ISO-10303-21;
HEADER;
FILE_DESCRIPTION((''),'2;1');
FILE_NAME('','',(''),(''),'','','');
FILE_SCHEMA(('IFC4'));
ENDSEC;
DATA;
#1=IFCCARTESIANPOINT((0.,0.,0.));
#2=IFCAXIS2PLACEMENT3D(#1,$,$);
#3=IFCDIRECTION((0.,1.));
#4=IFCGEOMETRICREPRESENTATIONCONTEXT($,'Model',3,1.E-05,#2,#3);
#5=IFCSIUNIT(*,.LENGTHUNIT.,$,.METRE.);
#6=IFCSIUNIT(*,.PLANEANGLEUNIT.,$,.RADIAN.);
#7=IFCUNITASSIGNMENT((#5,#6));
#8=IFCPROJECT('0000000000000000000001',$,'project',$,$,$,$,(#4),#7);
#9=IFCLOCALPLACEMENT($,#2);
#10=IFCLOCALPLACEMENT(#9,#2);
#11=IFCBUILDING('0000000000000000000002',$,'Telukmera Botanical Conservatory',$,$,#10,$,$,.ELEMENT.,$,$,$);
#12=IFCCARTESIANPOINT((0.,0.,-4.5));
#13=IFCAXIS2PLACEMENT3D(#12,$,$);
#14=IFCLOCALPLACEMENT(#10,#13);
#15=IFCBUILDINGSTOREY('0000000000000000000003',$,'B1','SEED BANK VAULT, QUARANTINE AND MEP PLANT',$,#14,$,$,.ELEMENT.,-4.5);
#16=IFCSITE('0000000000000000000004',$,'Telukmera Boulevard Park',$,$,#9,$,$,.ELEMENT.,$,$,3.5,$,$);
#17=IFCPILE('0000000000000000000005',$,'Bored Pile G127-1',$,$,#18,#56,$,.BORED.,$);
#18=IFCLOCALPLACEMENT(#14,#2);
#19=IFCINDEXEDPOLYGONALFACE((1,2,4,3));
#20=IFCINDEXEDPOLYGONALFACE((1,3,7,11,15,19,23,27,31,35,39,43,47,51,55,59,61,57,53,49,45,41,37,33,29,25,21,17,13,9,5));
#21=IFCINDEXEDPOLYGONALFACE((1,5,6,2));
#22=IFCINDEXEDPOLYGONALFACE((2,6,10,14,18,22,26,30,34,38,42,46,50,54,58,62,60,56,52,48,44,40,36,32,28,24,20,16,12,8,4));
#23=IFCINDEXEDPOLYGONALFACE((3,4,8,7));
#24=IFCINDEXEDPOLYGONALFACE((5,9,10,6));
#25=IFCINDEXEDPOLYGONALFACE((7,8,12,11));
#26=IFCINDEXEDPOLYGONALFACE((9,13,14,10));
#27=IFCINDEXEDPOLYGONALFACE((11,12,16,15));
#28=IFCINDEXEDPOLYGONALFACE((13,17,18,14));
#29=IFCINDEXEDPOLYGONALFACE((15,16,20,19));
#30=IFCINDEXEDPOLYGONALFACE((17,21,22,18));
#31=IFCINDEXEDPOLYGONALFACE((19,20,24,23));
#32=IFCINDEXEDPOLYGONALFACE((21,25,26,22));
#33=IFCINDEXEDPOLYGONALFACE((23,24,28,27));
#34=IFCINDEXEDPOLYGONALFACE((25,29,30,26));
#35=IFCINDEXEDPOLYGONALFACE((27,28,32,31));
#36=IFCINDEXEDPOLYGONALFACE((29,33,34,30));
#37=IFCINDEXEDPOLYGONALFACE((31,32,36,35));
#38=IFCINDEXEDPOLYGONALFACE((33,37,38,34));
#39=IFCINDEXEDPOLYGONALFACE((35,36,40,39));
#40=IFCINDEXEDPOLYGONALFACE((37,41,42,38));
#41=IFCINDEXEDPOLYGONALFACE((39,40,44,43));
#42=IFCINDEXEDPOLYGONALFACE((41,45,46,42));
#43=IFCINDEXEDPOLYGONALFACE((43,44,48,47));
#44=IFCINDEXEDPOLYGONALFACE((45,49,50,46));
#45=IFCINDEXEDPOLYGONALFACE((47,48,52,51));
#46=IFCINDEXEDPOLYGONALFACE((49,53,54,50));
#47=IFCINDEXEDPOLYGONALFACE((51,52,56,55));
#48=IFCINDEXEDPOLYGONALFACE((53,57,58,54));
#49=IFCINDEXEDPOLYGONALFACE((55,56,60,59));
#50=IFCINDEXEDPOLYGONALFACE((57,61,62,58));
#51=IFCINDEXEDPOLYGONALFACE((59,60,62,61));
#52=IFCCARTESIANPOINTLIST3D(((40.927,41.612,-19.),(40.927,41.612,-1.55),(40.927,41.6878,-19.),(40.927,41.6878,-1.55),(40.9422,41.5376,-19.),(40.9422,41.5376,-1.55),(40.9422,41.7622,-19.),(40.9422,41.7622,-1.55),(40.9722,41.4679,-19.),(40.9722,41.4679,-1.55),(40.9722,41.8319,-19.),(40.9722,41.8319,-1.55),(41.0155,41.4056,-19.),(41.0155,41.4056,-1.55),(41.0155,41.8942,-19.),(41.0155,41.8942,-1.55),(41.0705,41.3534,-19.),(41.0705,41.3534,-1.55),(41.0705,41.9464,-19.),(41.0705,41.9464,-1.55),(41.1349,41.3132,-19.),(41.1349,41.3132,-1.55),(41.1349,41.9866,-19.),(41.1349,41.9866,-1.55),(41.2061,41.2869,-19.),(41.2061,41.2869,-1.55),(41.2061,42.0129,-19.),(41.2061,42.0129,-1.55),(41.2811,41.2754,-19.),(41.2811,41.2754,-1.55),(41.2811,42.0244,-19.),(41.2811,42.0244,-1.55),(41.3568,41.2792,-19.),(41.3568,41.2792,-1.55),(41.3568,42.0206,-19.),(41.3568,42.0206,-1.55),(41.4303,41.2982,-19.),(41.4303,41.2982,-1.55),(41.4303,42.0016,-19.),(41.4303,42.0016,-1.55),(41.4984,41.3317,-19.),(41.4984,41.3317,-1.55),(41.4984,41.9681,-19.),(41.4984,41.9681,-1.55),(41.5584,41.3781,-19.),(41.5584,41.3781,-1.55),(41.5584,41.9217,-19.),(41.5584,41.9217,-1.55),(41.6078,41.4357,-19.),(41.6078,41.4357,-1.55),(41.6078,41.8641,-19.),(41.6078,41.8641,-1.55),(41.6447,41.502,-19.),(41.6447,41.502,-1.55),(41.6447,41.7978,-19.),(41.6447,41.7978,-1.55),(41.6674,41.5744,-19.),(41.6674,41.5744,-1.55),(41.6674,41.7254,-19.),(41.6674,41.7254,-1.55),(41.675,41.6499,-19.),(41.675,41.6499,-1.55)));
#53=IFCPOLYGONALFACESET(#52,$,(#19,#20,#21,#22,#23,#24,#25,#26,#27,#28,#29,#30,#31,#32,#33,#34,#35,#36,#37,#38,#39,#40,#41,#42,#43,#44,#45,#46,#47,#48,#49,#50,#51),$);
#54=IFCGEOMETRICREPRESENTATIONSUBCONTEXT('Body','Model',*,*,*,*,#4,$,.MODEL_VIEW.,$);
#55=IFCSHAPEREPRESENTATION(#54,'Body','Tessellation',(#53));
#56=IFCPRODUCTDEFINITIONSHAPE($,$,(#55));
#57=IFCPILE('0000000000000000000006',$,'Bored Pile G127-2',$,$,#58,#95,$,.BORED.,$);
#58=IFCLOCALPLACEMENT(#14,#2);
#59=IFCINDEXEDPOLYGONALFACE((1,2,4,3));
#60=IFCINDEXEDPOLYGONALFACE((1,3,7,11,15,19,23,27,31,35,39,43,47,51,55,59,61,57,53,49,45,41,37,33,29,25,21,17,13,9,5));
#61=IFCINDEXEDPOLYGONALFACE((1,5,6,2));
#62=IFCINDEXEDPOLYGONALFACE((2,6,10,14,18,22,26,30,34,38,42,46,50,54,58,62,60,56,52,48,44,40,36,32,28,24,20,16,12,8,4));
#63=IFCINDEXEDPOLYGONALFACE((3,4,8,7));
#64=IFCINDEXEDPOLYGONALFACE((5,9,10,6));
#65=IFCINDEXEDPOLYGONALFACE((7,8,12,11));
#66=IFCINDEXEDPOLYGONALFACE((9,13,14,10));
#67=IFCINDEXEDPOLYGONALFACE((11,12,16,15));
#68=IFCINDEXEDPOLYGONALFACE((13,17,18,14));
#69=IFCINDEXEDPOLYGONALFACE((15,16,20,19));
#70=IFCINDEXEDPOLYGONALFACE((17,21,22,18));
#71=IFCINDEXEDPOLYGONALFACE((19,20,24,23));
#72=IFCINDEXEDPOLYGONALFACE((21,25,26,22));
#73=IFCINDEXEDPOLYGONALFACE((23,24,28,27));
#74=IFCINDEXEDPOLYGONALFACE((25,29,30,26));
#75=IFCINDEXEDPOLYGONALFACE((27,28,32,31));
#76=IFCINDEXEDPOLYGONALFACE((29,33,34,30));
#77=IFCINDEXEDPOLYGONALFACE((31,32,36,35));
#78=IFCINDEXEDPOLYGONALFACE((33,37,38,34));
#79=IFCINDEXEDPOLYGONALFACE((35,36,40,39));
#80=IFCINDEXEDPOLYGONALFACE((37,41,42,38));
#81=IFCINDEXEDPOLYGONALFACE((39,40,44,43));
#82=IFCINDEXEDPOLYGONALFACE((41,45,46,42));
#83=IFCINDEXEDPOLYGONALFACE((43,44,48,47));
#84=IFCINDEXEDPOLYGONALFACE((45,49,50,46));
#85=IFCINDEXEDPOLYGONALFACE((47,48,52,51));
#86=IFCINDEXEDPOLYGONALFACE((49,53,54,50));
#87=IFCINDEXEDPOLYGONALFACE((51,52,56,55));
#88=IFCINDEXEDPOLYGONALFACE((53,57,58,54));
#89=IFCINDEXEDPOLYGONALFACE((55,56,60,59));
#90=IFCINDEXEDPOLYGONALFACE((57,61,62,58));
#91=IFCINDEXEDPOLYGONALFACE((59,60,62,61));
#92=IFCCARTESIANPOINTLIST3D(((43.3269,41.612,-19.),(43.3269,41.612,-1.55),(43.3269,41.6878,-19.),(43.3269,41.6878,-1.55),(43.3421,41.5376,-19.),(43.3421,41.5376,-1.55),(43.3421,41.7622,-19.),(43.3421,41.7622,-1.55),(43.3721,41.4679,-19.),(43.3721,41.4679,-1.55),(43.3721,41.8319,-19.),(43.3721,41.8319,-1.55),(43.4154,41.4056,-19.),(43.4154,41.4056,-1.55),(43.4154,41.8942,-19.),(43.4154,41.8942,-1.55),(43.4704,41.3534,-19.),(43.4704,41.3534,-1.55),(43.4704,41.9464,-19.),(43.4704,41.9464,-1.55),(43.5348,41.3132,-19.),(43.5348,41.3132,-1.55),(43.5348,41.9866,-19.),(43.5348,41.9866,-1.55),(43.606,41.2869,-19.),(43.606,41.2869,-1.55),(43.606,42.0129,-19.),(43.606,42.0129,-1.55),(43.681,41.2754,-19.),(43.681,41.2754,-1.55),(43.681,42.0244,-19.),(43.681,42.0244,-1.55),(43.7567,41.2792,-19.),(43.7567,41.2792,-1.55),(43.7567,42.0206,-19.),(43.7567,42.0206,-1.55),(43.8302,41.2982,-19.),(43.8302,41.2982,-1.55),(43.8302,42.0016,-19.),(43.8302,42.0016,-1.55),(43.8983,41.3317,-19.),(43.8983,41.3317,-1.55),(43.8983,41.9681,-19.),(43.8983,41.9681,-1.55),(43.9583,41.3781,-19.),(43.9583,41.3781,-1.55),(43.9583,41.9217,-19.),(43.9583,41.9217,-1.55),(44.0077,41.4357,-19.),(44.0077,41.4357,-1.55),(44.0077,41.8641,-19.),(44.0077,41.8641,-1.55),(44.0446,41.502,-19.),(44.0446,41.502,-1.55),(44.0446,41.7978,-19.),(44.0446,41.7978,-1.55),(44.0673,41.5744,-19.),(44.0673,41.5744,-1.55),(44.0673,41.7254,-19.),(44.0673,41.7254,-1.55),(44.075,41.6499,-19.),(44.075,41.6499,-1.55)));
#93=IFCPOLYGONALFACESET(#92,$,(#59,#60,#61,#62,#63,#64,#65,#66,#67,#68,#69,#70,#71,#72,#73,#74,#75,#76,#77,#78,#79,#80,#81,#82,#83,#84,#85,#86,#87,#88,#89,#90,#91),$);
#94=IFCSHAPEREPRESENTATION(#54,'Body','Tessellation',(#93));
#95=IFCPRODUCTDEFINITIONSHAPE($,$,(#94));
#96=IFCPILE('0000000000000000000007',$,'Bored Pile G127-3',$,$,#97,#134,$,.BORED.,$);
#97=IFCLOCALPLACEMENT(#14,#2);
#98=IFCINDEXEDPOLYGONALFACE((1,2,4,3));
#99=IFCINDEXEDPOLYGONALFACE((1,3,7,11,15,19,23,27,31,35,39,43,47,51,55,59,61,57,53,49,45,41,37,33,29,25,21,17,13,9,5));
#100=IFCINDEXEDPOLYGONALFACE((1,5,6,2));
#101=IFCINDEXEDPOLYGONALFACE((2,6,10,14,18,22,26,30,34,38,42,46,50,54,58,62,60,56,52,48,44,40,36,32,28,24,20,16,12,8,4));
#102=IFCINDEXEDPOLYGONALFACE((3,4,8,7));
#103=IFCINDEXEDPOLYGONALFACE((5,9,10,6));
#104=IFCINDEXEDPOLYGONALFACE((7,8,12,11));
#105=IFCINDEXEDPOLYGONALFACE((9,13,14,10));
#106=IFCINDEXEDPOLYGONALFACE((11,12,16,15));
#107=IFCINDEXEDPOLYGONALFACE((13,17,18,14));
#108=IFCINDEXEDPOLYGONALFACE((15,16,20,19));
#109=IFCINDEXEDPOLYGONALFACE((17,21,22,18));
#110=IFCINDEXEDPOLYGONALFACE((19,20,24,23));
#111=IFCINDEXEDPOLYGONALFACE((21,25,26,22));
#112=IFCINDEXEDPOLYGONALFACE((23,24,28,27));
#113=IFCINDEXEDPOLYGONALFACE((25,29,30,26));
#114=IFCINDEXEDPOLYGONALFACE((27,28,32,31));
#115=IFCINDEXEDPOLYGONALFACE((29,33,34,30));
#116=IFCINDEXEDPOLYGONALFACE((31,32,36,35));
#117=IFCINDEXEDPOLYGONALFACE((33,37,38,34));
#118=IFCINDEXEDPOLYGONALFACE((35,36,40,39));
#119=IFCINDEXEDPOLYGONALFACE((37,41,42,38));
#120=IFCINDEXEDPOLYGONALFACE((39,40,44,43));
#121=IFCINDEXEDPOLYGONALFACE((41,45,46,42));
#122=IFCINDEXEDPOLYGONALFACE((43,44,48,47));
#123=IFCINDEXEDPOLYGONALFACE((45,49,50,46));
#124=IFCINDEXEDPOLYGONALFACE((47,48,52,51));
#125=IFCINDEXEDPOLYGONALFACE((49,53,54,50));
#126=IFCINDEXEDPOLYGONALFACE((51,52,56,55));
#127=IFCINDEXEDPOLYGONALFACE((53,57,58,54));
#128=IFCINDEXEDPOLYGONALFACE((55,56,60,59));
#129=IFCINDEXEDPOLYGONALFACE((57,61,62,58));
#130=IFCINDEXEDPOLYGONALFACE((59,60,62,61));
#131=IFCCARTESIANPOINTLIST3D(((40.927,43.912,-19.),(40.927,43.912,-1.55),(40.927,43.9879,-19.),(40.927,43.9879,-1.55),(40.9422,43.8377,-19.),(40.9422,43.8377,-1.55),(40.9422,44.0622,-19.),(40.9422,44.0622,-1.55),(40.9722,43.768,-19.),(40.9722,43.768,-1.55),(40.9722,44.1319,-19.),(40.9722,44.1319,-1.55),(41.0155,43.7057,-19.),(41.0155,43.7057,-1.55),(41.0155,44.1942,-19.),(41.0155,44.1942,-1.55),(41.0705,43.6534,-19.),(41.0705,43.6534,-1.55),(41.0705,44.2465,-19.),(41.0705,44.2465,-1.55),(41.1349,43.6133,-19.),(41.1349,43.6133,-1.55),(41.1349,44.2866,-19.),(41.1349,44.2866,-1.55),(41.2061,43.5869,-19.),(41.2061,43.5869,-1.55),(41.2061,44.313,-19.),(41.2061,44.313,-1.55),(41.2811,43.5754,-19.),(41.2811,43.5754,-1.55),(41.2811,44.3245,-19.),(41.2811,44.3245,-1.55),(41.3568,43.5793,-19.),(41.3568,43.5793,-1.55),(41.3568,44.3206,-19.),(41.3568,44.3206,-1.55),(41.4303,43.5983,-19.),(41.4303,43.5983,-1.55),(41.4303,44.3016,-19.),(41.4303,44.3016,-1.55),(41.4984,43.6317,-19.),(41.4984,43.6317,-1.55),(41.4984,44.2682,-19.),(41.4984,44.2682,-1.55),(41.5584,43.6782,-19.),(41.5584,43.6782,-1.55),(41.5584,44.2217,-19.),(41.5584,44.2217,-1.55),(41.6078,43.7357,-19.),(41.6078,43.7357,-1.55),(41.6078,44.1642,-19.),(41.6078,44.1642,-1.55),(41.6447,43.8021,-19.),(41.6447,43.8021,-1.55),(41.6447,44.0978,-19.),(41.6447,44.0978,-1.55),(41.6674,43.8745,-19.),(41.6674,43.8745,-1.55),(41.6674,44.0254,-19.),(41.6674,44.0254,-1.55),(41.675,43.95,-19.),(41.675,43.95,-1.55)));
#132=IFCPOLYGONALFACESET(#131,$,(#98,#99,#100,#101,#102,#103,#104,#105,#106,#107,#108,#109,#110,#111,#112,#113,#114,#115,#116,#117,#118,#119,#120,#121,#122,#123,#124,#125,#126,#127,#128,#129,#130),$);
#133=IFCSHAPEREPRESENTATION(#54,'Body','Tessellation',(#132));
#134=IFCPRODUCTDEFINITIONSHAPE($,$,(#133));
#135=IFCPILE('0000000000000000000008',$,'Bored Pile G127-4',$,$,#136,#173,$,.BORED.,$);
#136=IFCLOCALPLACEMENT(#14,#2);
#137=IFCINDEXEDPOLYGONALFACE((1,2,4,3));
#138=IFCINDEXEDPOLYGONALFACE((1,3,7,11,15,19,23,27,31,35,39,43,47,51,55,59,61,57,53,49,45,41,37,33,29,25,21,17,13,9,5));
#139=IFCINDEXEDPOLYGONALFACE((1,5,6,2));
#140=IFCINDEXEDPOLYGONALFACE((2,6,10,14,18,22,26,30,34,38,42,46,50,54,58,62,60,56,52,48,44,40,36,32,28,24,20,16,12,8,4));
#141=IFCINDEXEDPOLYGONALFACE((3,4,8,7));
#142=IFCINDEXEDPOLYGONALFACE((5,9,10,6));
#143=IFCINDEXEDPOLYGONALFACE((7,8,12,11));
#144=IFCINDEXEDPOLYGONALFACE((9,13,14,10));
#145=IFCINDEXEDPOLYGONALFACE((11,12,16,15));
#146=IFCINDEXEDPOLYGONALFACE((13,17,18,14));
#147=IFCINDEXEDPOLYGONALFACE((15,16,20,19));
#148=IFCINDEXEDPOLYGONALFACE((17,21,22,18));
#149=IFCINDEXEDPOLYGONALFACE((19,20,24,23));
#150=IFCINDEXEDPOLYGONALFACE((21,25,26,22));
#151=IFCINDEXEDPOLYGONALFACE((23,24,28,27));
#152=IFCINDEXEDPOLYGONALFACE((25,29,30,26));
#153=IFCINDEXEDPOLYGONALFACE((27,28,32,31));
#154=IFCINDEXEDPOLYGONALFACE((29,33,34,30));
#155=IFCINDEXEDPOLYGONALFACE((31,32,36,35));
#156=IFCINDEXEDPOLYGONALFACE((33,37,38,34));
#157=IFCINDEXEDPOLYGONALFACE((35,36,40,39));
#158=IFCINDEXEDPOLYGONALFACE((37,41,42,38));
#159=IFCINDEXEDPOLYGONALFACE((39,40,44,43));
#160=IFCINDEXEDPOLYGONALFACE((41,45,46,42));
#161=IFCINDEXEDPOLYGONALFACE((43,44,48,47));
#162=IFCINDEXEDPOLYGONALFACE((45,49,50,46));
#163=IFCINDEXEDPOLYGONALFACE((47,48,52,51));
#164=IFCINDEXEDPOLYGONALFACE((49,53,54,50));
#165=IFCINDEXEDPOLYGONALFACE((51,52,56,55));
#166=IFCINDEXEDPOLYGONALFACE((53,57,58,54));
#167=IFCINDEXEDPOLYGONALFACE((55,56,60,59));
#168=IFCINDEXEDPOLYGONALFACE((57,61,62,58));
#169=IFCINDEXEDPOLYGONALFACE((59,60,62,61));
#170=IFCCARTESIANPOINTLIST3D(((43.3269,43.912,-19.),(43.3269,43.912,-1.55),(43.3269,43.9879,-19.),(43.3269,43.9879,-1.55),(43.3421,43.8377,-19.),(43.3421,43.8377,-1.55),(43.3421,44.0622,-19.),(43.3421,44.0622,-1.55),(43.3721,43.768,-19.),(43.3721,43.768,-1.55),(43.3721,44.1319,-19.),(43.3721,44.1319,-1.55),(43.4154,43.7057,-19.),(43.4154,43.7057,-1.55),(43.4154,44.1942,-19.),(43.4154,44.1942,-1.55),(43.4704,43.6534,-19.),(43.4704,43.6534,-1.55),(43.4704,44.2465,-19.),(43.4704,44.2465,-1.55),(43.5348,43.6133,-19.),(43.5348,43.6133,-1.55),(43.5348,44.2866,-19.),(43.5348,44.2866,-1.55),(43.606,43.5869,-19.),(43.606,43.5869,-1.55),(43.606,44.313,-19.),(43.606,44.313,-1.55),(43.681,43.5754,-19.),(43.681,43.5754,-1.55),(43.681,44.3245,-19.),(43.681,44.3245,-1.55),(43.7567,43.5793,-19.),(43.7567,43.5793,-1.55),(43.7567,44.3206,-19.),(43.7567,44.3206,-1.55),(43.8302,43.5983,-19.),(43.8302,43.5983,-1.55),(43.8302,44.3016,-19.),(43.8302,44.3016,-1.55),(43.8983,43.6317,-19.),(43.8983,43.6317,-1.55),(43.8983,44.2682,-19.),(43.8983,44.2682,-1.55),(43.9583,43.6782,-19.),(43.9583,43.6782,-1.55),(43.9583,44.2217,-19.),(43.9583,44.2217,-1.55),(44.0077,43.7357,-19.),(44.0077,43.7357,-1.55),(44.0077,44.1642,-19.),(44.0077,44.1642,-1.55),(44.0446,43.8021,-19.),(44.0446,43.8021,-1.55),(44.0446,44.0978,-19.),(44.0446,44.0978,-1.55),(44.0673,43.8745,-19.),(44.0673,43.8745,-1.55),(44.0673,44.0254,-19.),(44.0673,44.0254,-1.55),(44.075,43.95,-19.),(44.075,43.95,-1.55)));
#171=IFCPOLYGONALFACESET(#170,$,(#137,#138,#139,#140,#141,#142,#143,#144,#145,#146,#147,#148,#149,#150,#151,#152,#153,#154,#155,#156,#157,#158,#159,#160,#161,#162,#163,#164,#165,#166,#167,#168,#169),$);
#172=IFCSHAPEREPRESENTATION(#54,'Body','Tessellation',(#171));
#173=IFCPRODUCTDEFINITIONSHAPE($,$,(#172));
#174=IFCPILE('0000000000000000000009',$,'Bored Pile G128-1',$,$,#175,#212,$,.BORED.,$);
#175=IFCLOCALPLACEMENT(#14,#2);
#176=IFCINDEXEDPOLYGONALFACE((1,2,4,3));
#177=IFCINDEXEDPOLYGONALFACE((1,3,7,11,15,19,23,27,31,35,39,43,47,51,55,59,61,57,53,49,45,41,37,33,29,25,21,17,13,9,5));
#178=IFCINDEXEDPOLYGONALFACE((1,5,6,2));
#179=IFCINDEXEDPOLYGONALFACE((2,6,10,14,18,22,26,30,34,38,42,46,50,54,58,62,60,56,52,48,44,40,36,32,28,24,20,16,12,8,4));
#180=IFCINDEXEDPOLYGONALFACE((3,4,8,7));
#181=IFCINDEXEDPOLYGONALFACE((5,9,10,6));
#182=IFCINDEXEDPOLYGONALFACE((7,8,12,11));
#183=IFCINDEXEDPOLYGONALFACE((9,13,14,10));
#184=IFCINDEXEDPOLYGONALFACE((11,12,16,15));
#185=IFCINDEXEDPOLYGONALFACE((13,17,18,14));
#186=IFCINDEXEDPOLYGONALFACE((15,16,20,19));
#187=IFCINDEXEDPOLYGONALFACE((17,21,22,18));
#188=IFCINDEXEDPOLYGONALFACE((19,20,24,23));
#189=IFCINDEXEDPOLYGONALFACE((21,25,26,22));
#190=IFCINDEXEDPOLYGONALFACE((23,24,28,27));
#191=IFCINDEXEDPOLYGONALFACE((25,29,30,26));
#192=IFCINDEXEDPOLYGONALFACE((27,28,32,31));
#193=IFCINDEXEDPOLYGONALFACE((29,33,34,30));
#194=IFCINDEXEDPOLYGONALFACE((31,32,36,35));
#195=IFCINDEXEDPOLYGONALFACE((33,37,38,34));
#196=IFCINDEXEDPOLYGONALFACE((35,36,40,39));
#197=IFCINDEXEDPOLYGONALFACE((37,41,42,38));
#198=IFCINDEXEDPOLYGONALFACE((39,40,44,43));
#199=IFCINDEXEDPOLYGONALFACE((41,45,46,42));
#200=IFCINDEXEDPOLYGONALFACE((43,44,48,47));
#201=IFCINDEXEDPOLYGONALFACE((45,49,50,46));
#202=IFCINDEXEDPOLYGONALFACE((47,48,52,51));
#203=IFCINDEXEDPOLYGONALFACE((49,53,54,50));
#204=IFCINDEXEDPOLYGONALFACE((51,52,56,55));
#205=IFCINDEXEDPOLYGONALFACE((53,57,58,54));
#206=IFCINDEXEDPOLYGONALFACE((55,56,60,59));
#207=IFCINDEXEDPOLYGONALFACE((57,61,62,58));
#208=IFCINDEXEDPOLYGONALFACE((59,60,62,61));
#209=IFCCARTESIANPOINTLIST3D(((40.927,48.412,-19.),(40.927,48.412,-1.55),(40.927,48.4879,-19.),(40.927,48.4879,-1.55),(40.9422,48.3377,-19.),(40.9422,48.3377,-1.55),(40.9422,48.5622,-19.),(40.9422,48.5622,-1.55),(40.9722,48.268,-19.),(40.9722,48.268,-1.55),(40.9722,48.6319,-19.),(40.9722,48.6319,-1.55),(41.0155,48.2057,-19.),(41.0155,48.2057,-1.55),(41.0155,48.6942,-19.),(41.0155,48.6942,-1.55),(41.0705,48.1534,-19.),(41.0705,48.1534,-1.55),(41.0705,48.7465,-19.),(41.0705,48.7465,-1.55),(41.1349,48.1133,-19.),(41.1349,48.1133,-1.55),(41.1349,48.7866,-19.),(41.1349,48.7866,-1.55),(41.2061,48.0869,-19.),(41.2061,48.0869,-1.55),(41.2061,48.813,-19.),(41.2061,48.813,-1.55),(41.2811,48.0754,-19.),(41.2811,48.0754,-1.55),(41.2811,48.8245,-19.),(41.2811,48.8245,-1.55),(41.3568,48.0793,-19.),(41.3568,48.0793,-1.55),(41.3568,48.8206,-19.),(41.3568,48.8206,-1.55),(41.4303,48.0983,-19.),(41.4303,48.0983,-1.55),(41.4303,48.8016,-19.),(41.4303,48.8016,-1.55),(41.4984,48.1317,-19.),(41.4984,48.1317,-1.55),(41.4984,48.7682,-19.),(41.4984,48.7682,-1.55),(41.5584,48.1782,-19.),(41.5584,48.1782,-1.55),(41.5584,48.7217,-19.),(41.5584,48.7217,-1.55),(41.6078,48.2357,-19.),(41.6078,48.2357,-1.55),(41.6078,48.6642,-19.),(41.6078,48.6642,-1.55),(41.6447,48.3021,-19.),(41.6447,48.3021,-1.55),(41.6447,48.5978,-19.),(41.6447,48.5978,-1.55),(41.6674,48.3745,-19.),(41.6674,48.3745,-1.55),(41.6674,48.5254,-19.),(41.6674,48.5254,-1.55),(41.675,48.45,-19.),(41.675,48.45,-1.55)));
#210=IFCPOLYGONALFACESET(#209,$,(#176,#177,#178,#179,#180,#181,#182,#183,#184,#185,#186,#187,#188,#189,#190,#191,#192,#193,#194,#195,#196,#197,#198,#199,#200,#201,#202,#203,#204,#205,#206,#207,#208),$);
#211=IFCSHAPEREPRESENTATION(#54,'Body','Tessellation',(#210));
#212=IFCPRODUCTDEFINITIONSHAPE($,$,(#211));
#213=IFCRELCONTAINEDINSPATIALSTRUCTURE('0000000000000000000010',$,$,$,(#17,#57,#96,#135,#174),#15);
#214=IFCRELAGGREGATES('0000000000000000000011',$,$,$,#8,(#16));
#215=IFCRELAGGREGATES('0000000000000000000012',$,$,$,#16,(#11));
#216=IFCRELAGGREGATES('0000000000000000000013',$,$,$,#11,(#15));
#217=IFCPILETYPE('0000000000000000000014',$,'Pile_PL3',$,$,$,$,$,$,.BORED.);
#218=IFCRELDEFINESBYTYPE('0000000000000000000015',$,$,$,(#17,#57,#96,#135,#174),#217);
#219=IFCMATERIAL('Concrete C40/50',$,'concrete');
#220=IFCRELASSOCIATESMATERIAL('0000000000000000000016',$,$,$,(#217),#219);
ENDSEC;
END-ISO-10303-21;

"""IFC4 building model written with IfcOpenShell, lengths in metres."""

from ifc_helpers import new_model, si_unit, direction, frame, origin, origin_2d, place, context, subcontext, project, spatial, circle, extrude, material, material_profile, profile_set, type_object, element, save


model = new_model("IFC4")

# Units and contexts
model_context = context("Model", 3, precision=1e-05, world=origin(), true_north=direction((0.0, 1.0)))
body_context = subcontext(model_context, "Body", "Model", "MODEL_VIEW")
ifc_project = project(units=[si_unit("LENGTHUNIT", "METRE"), si_unit("PLANEANGLEUNIT", "RADIAN")], contexts=[model_context])

# Site, building, storey
site_placement = place(None, origin())
site = spatial("IfcSite", under=ifc_project, at=site_placement, Name="Telukmera Boulevard Park", CompositionType="ELEMENT", RefElevation=3.5)
building_placement = place(site_placement, origin())
building = spatial("IfcBuilding", under=site, at=building_placement, Name="Telukmera Botanical Conservatory", CompositionType="ELEMENT")
storey_placement = place(building_placement, frame((0.0, 0.0, -4.5)))
storey = spatial("IfcBuildingStorey", under=building, at=storey_placement, Name="B1", Description="SEED BANK VAULT, QUARANTINE AND MEP PLANT", CompositionType="ELEMENT", Elevation=-4.5)

# Shared definitions
ifc_material_1 = material(Name="Concrete C40/50", Category="concrete")

# Piles
ifc_material_profile_1 = material_profile(ifc_material_1, circle(Radius=0.375, at=origin_2d()), Name="PILE D750")
ifc_profile_set_1 = profile_set([ifc_material_profile_1], Name="Concrete C40/50")
pile_type_1 = type_object("IfcPileType", Name="Pile_PL3", PredefinedType="BORED", material=ifc_profile_set_1)
for number, where, z_axis, x_axis, name in (
    (1, (41.3, 41.6499, -1.55), (0.0, 0.0, -1.0), (1.0, 0.0, 0.0), "Bored Pile G127-1"),
    (2, (43.7, 41.6499, -1.55), (0.0, 0.0, -1.0), (1.0, 0.0, 0.0), "Bored Pile G127-2"),
    (3, (41.3, 43.95, -1.55), (0.0, 0.0, -1.0), (1.0, 0.0, 0.0), "Bored Pile G127-3"),
    (4, (43.7, 43.95, -1.55), (0.0, 0.0, -1.0), (1.0, 0.0, 0.0), "Bored Pile G127-4"),
    (5, (41.3, 48.45, -1.55), (0.0, 0.0, -1.0), (1.0, 0.0, 0.0), "Bored Pile G128-1"),
):
    element("IfcPile", number, at=place(storey_placement, frame(where, z_axis=z_axis, x_axis=x_axis)), inside=storey, type_object=pile_type_1, Name=name, PredefinedType="BORED", context=body_context, shape_type="SweptSolid", body=[
        extrude(circle(Radius=0.375, at=origin_2d()), origin(), (0.0, 0.0, 1.0), 17.45),
    ])

save(model, "model.ifc")
